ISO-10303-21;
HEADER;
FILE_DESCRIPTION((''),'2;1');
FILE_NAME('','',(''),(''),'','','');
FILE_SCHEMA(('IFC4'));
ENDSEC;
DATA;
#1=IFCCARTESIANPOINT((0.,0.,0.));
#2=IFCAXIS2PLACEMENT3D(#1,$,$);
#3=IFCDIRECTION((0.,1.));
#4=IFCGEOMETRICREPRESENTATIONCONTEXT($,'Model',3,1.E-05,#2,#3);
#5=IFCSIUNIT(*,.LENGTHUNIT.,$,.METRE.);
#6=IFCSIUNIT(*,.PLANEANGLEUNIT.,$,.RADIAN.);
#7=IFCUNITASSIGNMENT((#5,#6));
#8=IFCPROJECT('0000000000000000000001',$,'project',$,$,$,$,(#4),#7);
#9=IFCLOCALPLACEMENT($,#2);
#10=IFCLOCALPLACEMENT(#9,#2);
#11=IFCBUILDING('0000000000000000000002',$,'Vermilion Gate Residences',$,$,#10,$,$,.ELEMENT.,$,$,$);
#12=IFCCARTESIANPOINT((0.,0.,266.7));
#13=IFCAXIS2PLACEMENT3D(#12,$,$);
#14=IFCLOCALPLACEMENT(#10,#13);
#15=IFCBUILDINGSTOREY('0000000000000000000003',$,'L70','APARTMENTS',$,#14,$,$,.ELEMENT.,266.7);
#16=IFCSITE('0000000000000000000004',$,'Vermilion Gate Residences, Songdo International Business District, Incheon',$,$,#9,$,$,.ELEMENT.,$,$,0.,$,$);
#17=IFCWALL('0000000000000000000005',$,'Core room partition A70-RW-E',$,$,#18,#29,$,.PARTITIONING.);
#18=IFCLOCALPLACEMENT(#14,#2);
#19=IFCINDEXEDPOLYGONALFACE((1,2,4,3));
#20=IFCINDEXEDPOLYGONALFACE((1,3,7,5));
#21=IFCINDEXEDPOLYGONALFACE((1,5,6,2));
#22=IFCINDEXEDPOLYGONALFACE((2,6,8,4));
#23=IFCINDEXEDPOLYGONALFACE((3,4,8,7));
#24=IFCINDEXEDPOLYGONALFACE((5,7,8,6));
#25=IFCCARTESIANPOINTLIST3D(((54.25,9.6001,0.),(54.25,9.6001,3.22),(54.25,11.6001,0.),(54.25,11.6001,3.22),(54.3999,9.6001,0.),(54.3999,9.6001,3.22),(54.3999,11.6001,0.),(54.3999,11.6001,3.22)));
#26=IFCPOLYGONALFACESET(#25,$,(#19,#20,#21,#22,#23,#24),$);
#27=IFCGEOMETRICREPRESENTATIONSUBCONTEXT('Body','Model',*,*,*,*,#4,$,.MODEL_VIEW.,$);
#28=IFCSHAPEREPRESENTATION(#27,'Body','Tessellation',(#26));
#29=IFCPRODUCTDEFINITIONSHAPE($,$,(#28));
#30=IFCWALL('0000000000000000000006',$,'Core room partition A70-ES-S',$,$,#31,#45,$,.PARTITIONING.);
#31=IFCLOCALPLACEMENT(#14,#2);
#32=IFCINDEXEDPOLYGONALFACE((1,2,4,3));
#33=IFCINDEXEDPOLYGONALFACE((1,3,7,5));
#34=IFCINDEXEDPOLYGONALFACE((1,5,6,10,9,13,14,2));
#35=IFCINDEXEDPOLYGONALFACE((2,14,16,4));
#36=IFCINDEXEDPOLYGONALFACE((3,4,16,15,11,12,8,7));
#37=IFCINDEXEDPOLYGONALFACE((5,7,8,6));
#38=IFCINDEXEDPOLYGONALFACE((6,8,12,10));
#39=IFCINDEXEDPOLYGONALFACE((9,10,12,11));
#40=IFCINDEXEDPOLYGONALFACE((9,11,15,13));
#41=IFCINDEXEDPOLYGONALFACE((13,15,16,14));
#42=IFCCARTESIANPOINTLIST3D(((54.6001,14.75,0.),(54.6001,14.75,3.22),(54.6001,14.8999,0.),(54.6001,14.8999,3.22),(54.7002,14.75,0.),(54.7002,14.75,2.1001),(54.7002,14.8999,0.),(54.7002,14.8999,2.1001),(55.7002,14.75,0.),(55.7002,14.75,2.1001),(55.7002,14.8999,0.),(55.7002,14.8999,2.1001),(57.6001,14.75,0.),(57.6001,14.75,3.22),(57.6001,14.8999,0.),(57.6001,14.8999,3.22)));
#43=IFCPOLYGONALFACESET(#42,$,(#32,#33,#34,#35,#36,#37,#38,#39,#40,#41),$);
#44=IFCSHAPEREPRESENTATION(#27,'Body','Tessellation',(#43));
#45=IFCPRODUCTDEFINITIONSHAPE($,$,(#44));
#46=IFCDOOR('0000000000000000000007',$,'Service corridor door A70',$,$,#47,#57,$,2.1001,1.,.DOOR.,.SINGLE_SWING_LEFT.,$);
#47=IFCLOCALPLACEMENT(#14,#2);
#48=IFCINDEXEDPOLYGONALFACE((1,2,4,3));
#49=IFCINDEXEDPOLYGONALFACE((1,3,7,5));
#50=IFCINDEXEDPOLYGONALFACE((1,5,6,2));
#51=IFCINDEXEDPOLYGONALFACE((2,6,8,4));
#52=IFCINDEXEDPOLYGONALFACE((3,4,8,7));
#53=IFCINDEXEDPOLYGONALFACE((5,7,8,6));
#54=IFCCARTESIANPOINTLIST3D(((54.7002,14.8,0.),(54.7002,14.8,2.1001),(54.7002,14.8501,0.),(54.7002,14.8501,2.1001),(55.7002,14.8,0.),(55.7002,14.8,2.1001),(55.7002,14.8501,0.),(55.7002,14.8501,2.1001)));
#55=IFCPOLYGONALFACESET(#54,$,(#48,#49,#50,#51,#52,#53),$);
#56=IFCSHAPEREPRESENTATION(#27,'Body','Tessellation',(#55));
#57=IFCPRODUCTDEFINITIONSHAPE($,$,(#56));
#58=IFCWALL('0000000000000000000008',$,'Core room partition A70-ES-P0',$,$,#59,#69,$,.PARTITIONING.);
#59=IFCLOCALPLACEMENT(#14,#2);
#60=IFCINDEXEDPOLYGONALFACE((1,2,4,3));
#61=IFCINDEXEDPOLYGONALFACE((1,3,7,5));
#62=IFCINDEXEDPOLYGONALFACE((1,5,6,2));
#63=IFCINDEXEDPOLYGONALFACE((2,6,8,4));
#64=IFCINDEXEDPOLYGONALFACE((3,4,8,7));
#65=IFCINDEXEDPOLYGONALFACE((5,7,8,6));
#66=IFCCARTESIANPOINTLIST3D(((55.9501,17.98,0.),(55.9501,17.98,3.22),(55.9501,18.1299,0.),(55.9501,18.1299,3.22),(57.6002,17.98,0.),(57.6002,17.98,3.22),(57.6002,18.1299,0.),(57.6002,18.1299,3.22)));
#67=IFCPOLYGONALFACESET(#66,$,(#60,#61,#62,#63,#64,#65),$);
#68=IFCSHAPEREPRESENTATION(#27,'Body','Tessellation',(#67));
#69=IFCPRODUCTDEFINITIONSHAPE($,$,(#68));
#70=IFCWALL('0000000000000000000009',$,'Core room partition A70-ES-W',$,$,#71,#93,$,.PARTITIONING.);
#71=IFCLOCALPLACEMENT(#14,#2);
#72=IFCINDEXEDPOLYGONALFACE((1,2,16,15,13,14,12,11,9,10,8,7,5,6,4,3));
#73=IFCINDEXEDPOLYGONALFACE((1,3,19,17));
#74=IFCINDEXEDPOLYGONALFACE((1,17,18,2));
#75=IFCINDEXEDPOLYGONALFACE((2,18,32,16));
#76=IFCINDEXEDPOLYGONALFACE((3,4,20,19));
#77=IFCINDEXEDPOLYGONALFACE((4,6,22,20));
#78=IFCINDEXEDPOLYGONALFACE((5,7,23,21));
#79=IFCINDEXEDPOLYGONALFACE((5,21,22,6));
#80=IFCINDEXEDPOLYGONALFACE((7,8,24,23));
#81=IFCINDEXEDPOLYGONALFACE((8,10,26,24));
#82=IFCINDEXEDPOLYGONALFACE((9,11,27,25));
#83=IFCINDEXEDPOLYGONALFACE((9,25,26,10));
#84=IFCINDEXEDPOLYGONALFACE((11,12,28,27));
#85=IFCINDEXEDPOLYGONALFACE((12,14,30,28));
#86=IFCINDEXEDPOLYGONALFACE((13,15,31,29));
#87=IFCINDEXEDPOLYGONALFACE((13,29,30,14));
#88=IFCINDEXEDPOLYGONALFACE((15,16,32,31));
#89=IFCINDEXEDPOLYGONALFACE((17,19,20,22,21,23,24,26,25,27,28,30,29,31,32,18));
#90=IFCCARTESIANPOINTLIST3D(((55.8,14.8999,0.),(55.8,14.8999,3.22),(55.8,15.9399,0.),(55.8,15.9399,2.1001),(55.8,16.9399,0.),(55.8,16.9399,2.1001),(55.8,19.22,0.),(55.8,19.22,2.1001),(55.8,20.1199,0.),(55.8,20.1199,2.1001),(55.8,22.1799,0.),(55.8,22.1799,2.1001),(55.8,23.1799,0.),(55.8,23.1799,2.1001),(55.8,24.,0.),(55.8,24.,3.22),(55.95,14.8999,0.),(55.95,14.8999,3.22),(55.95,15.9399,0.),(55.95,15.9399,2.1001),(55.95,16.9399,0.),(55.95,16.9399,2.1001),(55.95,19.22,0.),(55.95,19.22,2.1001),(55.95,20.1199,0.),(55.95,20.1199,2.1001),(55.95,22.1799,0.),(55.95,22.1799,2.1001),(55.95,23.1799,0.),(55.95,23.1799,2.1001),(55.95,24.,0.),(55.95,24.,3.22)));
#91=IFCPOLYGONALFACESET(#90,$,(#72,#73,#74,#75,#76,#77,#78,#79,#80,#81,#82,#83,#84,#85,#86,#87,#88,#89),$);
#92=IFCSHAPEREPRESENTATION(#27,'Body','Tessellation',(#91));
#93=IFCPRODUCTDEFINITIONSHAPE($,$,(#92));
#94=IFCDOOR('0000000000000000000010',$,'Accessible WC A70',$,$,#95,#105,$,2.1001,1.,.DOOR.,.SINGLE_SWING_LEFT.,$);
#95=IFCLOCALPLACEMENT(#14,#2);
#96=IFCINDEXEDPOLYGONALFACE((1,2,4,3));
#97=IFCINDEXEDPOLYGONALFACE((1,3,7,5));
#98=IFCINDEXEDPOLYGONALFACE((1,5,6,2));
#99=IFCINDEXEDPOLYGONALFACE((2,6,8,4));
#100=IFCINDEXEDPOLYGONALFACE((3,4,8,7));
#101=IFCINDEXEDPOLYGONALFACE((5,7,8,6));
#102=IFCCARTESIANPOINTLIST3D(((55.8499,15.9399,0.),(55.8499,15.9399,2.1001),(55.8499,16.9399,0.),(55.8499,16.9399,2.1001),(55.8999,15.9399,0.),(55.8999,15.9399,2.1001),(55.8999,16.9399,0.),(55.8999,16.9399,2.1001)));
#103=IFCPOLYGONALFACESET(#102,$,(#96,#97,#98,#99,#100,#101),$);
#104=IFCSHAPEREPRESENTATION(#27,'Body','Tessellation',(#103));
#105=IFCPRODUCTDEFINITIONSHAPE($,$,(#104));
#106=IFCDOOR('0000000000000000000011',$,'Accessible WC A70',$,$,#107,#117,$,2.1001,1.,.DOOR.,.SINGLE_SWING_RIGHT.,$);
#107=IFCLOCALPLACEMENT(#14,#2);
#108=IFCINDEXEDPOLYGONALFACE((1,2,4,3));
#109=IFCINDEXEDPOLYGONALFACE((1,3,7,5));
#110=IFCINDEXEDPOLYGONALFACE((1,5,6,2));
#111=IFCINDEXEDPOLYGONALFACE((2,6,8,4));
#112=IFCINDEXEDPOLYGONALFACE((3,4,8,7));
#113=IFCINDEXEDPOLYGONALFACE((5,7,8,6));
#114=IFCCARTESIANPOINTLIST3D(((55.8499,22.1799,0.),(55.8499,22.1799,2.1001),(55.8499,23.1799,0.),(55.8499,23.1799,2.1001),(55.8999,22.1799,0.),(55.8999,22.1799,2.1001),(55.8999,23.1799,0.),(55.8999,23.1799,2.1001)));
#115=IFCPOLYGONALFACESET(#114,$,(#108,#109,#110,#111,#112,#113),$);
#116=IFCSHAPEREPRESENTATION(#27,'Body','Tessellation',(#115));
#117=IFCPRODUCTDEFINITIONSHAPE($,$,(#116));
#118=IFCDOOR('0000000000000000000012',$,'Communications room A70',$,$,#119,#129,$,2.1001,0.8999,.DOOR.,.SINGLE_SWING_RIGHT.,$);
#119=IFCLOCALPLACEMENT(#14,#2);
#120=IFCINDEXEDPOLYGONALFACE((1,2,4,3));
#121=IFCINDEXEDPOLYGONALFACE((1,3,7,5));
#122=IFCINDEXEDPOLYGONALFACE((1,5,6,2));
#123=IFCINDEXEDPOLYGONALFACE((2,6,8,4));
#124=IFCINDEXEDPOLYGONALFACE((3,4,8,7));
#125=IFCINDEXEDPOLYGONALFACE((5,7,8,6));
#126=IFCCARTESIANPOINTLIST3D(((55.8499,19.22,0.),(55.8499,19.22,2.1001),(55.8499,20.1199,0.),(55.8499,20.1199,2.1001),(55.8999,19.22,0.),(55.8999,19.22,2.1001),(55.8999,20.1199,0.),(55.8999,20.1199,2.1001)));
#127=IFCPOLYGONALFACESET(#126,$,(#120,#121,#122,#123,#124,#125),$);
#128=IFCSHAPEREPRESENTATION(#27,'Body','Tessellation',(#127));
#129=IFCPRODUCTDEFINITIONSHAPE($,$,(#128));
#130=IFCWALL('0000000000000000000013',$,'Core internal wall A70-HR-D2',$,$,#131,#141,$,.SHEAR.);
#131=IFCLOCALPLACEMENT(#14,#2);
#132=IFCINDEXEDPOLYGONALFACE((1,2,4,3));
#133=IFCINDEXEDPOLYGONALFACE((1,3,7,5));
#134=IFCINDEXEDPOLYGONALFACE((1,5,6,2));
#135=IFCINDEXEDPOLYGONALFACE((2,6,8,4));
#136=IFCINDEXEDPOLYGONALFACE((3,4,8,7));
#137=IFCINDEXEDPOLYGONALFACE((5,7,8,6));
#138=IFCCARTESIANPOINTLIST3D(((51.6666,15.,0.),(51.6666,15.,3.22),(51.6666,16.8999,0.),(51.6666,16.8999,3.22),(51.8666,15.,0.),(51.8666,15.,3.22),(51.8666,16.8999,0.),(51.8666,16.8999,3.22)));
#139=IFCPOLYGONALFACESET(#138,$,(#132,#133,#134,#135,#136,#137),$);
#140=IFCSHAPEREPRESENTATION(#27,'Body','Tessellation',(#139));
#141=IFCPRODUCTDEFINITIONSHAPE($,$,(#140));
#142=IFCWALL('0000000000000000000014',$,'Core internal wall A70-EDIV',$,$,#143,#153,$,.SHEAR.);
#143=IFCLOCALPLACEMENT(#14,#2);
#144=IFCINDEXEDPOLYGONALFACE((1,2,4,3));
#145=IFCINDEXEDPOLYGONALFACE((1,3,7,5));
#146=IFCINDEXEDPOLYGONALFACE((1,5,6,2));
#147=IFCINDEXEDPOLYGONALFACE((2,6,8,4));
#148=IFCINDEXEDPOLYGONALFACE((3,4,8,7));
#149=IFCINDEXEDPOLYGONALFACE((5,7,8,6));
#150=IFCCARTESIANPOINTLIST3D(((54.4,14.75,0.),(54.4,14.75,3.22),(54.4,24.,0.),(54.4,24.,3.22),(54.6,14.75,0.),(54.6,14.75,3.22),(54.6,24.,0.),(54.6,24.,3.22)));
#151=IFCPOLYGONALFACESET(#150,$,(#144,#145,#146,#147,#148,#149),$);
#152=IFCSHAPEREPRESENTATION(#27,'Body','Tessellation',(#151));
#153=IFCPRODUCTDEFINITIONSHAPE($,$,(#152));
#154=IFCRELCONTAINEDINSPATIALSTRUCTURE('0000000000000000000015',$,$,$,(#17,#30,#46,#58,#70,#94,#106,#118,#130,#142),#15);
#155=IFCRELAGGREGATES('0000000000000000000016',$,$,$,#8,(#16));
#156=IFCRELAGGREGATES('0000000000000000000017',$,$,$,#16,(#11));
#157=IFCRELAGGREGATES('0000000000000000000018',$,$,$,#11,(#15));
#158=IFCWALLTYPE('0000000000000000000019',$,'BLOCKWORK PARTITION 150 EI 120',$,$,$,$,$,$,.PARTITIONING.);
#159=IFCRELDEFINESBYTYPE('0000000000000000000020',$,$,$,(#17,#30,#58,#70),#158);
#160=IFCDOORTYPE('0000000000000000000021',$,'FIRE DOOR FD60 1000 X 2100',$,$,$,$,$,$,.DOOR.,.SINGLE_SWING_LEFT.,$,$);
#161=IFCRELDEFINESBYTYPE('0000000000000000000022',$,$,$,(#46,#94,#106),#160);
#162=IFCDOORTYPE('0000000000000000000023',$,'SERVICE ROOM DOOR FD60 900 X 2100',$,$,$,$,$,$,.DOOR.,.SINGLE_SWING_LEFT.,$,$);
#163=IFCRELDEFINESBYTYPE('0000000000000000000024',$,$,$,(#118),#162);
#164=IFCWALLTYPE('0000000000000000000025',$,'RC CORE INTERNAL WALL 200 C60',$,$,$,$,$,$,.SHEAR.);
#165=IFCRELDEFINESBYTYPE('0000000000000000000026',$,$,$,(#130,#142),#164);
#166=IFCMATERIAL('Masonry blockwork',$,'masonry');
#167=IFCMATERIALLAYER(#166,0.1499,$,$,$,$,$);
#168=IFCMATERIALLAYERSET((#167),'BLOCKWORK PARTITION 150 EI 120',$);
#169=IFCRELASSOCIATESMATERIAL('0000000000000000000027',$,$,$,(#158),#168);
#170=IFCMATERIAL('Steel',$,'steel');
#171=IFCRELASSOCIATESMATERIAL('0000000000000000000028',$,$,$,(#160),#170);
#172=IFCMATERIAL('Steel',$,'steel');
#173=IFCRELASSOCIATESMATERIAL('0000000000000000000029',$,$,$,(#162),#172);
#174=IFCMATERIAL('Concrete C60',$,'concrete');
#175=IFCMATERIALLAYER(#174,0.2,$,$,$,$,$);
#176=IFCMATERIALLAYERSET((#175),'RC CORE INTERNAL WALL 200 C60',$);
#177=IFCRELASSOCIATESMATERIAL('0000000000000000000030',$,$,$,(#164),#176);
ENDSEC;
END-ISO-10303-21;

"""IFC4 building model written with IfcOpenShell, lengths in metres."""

from ifc_helpers import new_model, si_unit, direction, frame, frame_2d, origin, place, context, subcontext, project, spatial, rectangle, extrude, material, layer, layer_set, type_object, element, fill, save


model = new_model("IFC4")

# Units and contexts
model_context = context("Model", 3, precision=1e-05, world=origin(), true_north=direction((0.0, 1.0)))
body_context = subcontext(model_context, "Body", "Model", "MODEL_VIEW")
ifc_project = project(units=[si_unit("LENGTHUNIT", "METRE"), si_unit("PLANEANGLEUNIT", "RADIAN")], contexts=[model_context])

# Site, building, storey
site_placement = place(None, origin())
site = spatial("IfcSite", under=ifc_project, at=site_placement, Name="Vermilion Gate Residences, Songdo International Business District, Incheon", CompositionType="ELEMENT", RefElevation=0.0)
building_placement = place(site_placement, origin())
building = spatial("IfcBuilding", under=site, at=building_placement, Name="Vermilion Gate Residences", CompositionType="ELEMENT")
storey_placement = place(building_placement, frame((0.0, 0.0, 266.7)))
storey = spatial("IfcBuildingStorey", under=building, at=storey_placement, Name="L70", Description="APARTMENTS", CompositionType="ELEMENT", Elevation=266.7)

# Wall
ifc_material_1 = material(Name="Masonry blockwork", Category="masonry")
ifc_layer_1 = layer(ifc_material_1, 0.1499)
ifc_layer_set_1 = layer_set([ifc_layer_1], Name="BLOCKWORK PARTITION 150 EI 120")
wall_type_1 = type_object("IfcWallType", Name="BLOCKWORK PARTITION 150 EI 120", PredefinedType="PARTITIONING", material=ifc_layer_set_1)
wall_1_placement = place(storey_placement, frame((54.325, 9.6001, 0.0), z_axis=(0.0, 0.0, 1.0), x_axis=(0.0, 1.0, 0.0)))
element("IfcWall", 1, at=wall_1_placement, inside=storey, type_object=wall_type_1, Name="Core room partition A70-RW-E", PredefinedType="PARTITIONING", context=body_context, shape_type="SweptSolid", body=[
    extrude(rectangle(XDim=2.0, YDim=0.1499, at=frame_2d((1.0, 0.0))), origin(), (0.0, 0.0, 1.0), 3.22),
])

# Wall, opening, door
wall_2_placement = place(storey_placement, frame((54.6001, 14.825, 0.0), z_axis=(0.0, 0.0, 1.0), x_axis=(1.0, 0.0, 0.0)))
wall_2 = element("IfcWall", 2, at=wall_2_placement, inside=storey, type_object=wall_type_1, Name="Core room partition A70-ES-S", PredefinedType="PARTITIONING", context=body_context, shape_type="SweptSolid", body=[
    extrude(rectangle(XDim=3.0, YDim=0.1499, at=frame_2d((1.5, 0.0))), origin(), (0.0, 0.0, 1.0), 3.22),
])
opening_1_placement = place(wall_2_placement, frame((0.1001, 0.0, 0.0)))
opening_1 = element("IfcOpeningElement", 3, at=opening_1_placement, cuts=wall_2, PredefinedType="OPENING", context=body_context, shape_type="SweptSolid", body=[
    extrude(rectangle(XDim=1.0, YDim=2.1001, at=frame_2d((0.5, 1.05))), frame((0.0, 0.085, 0.0), z_axis=(0.0, -1.0, 0.0), x_axis=(1.0, 0.0, 0.0)), (0.0, 0.0, 1.0), 0.1699),
])
ifc_material_2 = material(Name="Steel", Category="steel")
door_type_1 = type_object("IfcDoorType", Name="FIRE DOOR FD60 1000 X 2100", OperationType="SINGLE_SWING_LEFT", PredefinedType="DOOR", material=ifc_material_2)
door_1_placement = place(opening_1_placement, frame((1.0, 0.0, 0.0), z_axis=(0.0, 0.0, 1.0), x_axis=(-1.0, 0.0, 0.0)))
door_1 = element("IfcDoor", 4, at=door_1_placement, inside=storey, type_object=door_type_1, Name="Service corridor door A70", OperationType="SINGLE_SWING_LEFT", OverallHeight=2.1001, OverallWidth=1.0, PredefinedType="DOOR", context=body_context, shape_type="SweptSolid", body=[
    extrude(rectangle(XDim=1.0, YDim=2.1001, at=frame_2d((0.5, 1.05))), frame((0.0, 0.0249, 0.0), z_axis=(0.0, -1.0, 0.0), x_axis=(1.0, 0.0, 0.0)), (0.0, 0.0, 1.0), 0.05),
])
fill(opening_1, door_1)

# Wall
wall_3_placement = place(storey_placement, frame((55.95, 18.0549, 0.0), z_axis=(0.0, 0.0, 1.0), x_axis=(1.0, 0.0, 0.0)))
element("IfcWall", 5, at=wall_3_placement, inside=storey, type_object=wall_type_1, Name="Core room partition A70-ES-P0", PredefinedType="PARTITIONING", context=body_context, shape_type="SweptSolid", body=[
    extrude(rectangle(XDim=1.6501, YDim=0.1499, at=frame_2d((0.8252, 0.0))), origin(), (0.0, 0.0, 1.0), 3.22),
])

# Wall, openings, doors
wall_4_placement = place(storey_placement, frame((55.875, 14.8999, 0.0), z_axis=(0.0, 0.0, 1.0), x_axis=(0.0, 1.0, 0.0)))
wall_4 = element("IfcWall", 6, at=wall_4_placement, inside=storey, type_object=wall_type_1, Name="Core room partition A70-ES-W", PredefinedType="PARTITIONING", context=body_context, shape_type="SweptSolid", body=[
    extrude(rectangle(XDim=9.1001, YDim=0.1499, at=frame_2d((4.55, 0.0))), origin(), (0.0, 0.0, 1.0), 3.22),
])
opening_2_placement = place(wall_4_placement, frame((1.04, 0.0, 0.0)))
opening_2 = element("IfcOpeningElement", 7, at=opening_2_placement, cuts=wall_4, PredefinedType="OPENING", context=body_context, shape_type="SweptSolid", body=[
    extrude(rectangle(XDim=1.0, YDim=2.1001, at=frame_2d((0.5, 1.05))), frame((0.0, 0.085, 0.0), z_axis=(0.0, -1.0, 0.0), x_axis=(1.0, 0.0, 0.0)), (0.0, 0.0, 1.0), 0.1699),
])
opening_3_placement = place(wall_4_placement, frame((4.3201, 0.0, 0.0)))
opening_3 = element("IfcOpeningElement", 8, at=opening_3_placement, cuts=wall_4, PredefinedType="OPENING", context=body_context, shape_type="SweptSolid", body=[
    extrude(rectangle(XDim=0.8999, YDim=2.1001, at=frame_2d((0.45, 1.05))), frame((0.0, 0.085, 0.0), z_axis=(0.0, -1.0, 0.0), x_axis=(1.0, 0.0, 0.0)), (0.0, 0.0, 1.0), 0.1699),
])
opening_4_placement = place(wall_4_placement, frame((7.28, 0.0, 0.0)))
opening_4 = element("IfcOpeningElement", 9, at=opening_4_placement, cuts=wall_4, PredefinedType="OPENING", context=body_context, shape_type="SweptSolid", body=[
    extrude(rectangle(XDim=1.0, YDim=2.1001, at=frame_2d((0.5, 1.05))), frame((0.0, 0.085, 0.0), z_axis=(0.0, -1.0, 0.0), x_axis=(1.0, 0.0, 0.0)), (0.0, 0.0, 1.0), 0.1699),
])
door_2_placement = place(opening_2_placement, frame((1.0, 0.0, 0.0), z_axis=(0.0, 0.0, 1.0), x_axis=(-1.0, 0.0, 0.0)))
door_2 = element("IfcDoor", 10, at=door_2_placement, inside=storey, type_object=door_type_1, Name="Accessible WC A70", OperationType="SINGLE_SWING_LEFT", OverallHeight=2.1001, OverallWidth=1.0, PredefinedType="DOOR", context=body_context, shape_type="SweptSolid", body=[
    extrude(rectangle(XDim=1.0, YDim=2.1001, at=frame_2d((0.5, 1.05))), frame((0.0, 0.0249, 0.0), z_axis=(0.0, -1.0, 0.0), x_axis=(1.0, 0.0, 0.0)), (0.0, 0.0, 1.0), 0.05),
])
fill(opening_2, door_2)
door_3_placement = place(opening_4_placement, frame((1.0, 0.0, 0.0), z_axis=(0.0, 0.0, 1.0), x_axis=(-1.0, 0.0, 0.0)))
door_3 = element("IfcDoor", 11, at=door_3_placement, inside=storey, type_object=door_type_1, Name="Accessible WC A70", OperationType="SINGLE_SWING_RIGHT", OverallHeight=2.1001, OverallWidth=1.0, PredefinedType="DOOR", context=body_context, shape_type="SweptSolid", body=[
    extrude(rectangle(XDim=1.0, YDim=2.1001, at=frame_2d((0.5, 1.05))), frame((0.0, 0.0249, 0.0), z_axis=(0.0, -1.0, 0.0), x_axis=(1.0, 0.0, 0.0)), (0.0, 0.0, 1.0), 0.05),
])
fill(opening_4, door_3)
ifc_material_3 = material(Name="Steel", Category="steel")
door_type_2 = type_object("IfcDoorType", Name="SERVICE ROOM DOOR FD60 900 X 2100", OperationType="SINGLE_SWING_LEFT", PredefinedType="DOOR", material=ifc_material_3)
door_4_placement = place(opening_3_placement, frame((0.8999, 0.0, 0.0), z_axis=(0.0, 0.0, 1.0), x_axis=(-1.0, 0.0, 0.0)))
door_4 = element("IfcDoor", 12, at=door_4_placement, inside=storey, type_object=door_type_2, Name="Communications room A70", OperationType="SINGLE_SWING_RIGHT", OverallHeight=2.1001, OverallWidth=0.8999, PredefinedType="DOOR", context=body_context, shape_type="SweptSolid", body=[
    extrude(rectangle(XDim=0.8999, YDim=2.1001, at=frame_2d((0.45, 1.05))), frame((0.0, 0.0249, 0.0), z_axis=(0.0, -1.0, 0.0), x_axis=(1.0, 0.0, 0.0)), (0.0, 0.0, 1.0), 0.05),
])
fill(opening_3, door_4)

# Walls
ifc_material_4 = material(Name="Concrete C60", Category="concrete")
ifc_layer_2 = layer(ifc_material_4, 0.2)
ifc_layer_set_2 = layer_set([ifc_layer_2], Name="RC CORE INTERNAL WALL 200 C60")
wall_type_2 = type_object("IfcWallType", Name="RC CORE INTERNAL WALL 200 C60", PredefinedType="SHEAR", material=ifc_layer_set_2)
wall_5_placement = place(storey_placement, frame((51.7666, 15.0, 0.0), z_axis=(0.0, 0.0, 1.0), x_axis=(0.0, 1.0, 0.0)))
element("IfcWall", 13, at=wall_5_placement, inside=storey, type_object=wall_type_2, Name="Core internal wall A70-HR-D2", PredefinedType="SHEAR", context=body_context, shape_type="SweptSolid", body=[
    extrude(rectangle(XDim=1.8999, YDim=0.2, at=frame_2d((0.95, 0.0))), origin(), (0.0, 0.0, 1.0), 3.22),
])
wall_6_placement = place(storey_placement, frame((54.5, 14.75, 0.0), z_axis=(0.0, 0.0, 1.0), x_axis=(0.0, 1.0, 0.0)))
element("IfcWall", 14, at=wall_6_placement, inside=storey, type_object=wall_type_2, Name="Core internal wall A70-EDIV", PredefinedType="SHEAR", context=body_context, shape_type="SweptSolid", body=[
    extrude(rectangle(XDim=9.25, YDim=0.2, at=frame_2d((4.625, 0.0))), origin(), (0.0, 0.0, 1.0), 3.22),
])

save(model, "model.ifc")
